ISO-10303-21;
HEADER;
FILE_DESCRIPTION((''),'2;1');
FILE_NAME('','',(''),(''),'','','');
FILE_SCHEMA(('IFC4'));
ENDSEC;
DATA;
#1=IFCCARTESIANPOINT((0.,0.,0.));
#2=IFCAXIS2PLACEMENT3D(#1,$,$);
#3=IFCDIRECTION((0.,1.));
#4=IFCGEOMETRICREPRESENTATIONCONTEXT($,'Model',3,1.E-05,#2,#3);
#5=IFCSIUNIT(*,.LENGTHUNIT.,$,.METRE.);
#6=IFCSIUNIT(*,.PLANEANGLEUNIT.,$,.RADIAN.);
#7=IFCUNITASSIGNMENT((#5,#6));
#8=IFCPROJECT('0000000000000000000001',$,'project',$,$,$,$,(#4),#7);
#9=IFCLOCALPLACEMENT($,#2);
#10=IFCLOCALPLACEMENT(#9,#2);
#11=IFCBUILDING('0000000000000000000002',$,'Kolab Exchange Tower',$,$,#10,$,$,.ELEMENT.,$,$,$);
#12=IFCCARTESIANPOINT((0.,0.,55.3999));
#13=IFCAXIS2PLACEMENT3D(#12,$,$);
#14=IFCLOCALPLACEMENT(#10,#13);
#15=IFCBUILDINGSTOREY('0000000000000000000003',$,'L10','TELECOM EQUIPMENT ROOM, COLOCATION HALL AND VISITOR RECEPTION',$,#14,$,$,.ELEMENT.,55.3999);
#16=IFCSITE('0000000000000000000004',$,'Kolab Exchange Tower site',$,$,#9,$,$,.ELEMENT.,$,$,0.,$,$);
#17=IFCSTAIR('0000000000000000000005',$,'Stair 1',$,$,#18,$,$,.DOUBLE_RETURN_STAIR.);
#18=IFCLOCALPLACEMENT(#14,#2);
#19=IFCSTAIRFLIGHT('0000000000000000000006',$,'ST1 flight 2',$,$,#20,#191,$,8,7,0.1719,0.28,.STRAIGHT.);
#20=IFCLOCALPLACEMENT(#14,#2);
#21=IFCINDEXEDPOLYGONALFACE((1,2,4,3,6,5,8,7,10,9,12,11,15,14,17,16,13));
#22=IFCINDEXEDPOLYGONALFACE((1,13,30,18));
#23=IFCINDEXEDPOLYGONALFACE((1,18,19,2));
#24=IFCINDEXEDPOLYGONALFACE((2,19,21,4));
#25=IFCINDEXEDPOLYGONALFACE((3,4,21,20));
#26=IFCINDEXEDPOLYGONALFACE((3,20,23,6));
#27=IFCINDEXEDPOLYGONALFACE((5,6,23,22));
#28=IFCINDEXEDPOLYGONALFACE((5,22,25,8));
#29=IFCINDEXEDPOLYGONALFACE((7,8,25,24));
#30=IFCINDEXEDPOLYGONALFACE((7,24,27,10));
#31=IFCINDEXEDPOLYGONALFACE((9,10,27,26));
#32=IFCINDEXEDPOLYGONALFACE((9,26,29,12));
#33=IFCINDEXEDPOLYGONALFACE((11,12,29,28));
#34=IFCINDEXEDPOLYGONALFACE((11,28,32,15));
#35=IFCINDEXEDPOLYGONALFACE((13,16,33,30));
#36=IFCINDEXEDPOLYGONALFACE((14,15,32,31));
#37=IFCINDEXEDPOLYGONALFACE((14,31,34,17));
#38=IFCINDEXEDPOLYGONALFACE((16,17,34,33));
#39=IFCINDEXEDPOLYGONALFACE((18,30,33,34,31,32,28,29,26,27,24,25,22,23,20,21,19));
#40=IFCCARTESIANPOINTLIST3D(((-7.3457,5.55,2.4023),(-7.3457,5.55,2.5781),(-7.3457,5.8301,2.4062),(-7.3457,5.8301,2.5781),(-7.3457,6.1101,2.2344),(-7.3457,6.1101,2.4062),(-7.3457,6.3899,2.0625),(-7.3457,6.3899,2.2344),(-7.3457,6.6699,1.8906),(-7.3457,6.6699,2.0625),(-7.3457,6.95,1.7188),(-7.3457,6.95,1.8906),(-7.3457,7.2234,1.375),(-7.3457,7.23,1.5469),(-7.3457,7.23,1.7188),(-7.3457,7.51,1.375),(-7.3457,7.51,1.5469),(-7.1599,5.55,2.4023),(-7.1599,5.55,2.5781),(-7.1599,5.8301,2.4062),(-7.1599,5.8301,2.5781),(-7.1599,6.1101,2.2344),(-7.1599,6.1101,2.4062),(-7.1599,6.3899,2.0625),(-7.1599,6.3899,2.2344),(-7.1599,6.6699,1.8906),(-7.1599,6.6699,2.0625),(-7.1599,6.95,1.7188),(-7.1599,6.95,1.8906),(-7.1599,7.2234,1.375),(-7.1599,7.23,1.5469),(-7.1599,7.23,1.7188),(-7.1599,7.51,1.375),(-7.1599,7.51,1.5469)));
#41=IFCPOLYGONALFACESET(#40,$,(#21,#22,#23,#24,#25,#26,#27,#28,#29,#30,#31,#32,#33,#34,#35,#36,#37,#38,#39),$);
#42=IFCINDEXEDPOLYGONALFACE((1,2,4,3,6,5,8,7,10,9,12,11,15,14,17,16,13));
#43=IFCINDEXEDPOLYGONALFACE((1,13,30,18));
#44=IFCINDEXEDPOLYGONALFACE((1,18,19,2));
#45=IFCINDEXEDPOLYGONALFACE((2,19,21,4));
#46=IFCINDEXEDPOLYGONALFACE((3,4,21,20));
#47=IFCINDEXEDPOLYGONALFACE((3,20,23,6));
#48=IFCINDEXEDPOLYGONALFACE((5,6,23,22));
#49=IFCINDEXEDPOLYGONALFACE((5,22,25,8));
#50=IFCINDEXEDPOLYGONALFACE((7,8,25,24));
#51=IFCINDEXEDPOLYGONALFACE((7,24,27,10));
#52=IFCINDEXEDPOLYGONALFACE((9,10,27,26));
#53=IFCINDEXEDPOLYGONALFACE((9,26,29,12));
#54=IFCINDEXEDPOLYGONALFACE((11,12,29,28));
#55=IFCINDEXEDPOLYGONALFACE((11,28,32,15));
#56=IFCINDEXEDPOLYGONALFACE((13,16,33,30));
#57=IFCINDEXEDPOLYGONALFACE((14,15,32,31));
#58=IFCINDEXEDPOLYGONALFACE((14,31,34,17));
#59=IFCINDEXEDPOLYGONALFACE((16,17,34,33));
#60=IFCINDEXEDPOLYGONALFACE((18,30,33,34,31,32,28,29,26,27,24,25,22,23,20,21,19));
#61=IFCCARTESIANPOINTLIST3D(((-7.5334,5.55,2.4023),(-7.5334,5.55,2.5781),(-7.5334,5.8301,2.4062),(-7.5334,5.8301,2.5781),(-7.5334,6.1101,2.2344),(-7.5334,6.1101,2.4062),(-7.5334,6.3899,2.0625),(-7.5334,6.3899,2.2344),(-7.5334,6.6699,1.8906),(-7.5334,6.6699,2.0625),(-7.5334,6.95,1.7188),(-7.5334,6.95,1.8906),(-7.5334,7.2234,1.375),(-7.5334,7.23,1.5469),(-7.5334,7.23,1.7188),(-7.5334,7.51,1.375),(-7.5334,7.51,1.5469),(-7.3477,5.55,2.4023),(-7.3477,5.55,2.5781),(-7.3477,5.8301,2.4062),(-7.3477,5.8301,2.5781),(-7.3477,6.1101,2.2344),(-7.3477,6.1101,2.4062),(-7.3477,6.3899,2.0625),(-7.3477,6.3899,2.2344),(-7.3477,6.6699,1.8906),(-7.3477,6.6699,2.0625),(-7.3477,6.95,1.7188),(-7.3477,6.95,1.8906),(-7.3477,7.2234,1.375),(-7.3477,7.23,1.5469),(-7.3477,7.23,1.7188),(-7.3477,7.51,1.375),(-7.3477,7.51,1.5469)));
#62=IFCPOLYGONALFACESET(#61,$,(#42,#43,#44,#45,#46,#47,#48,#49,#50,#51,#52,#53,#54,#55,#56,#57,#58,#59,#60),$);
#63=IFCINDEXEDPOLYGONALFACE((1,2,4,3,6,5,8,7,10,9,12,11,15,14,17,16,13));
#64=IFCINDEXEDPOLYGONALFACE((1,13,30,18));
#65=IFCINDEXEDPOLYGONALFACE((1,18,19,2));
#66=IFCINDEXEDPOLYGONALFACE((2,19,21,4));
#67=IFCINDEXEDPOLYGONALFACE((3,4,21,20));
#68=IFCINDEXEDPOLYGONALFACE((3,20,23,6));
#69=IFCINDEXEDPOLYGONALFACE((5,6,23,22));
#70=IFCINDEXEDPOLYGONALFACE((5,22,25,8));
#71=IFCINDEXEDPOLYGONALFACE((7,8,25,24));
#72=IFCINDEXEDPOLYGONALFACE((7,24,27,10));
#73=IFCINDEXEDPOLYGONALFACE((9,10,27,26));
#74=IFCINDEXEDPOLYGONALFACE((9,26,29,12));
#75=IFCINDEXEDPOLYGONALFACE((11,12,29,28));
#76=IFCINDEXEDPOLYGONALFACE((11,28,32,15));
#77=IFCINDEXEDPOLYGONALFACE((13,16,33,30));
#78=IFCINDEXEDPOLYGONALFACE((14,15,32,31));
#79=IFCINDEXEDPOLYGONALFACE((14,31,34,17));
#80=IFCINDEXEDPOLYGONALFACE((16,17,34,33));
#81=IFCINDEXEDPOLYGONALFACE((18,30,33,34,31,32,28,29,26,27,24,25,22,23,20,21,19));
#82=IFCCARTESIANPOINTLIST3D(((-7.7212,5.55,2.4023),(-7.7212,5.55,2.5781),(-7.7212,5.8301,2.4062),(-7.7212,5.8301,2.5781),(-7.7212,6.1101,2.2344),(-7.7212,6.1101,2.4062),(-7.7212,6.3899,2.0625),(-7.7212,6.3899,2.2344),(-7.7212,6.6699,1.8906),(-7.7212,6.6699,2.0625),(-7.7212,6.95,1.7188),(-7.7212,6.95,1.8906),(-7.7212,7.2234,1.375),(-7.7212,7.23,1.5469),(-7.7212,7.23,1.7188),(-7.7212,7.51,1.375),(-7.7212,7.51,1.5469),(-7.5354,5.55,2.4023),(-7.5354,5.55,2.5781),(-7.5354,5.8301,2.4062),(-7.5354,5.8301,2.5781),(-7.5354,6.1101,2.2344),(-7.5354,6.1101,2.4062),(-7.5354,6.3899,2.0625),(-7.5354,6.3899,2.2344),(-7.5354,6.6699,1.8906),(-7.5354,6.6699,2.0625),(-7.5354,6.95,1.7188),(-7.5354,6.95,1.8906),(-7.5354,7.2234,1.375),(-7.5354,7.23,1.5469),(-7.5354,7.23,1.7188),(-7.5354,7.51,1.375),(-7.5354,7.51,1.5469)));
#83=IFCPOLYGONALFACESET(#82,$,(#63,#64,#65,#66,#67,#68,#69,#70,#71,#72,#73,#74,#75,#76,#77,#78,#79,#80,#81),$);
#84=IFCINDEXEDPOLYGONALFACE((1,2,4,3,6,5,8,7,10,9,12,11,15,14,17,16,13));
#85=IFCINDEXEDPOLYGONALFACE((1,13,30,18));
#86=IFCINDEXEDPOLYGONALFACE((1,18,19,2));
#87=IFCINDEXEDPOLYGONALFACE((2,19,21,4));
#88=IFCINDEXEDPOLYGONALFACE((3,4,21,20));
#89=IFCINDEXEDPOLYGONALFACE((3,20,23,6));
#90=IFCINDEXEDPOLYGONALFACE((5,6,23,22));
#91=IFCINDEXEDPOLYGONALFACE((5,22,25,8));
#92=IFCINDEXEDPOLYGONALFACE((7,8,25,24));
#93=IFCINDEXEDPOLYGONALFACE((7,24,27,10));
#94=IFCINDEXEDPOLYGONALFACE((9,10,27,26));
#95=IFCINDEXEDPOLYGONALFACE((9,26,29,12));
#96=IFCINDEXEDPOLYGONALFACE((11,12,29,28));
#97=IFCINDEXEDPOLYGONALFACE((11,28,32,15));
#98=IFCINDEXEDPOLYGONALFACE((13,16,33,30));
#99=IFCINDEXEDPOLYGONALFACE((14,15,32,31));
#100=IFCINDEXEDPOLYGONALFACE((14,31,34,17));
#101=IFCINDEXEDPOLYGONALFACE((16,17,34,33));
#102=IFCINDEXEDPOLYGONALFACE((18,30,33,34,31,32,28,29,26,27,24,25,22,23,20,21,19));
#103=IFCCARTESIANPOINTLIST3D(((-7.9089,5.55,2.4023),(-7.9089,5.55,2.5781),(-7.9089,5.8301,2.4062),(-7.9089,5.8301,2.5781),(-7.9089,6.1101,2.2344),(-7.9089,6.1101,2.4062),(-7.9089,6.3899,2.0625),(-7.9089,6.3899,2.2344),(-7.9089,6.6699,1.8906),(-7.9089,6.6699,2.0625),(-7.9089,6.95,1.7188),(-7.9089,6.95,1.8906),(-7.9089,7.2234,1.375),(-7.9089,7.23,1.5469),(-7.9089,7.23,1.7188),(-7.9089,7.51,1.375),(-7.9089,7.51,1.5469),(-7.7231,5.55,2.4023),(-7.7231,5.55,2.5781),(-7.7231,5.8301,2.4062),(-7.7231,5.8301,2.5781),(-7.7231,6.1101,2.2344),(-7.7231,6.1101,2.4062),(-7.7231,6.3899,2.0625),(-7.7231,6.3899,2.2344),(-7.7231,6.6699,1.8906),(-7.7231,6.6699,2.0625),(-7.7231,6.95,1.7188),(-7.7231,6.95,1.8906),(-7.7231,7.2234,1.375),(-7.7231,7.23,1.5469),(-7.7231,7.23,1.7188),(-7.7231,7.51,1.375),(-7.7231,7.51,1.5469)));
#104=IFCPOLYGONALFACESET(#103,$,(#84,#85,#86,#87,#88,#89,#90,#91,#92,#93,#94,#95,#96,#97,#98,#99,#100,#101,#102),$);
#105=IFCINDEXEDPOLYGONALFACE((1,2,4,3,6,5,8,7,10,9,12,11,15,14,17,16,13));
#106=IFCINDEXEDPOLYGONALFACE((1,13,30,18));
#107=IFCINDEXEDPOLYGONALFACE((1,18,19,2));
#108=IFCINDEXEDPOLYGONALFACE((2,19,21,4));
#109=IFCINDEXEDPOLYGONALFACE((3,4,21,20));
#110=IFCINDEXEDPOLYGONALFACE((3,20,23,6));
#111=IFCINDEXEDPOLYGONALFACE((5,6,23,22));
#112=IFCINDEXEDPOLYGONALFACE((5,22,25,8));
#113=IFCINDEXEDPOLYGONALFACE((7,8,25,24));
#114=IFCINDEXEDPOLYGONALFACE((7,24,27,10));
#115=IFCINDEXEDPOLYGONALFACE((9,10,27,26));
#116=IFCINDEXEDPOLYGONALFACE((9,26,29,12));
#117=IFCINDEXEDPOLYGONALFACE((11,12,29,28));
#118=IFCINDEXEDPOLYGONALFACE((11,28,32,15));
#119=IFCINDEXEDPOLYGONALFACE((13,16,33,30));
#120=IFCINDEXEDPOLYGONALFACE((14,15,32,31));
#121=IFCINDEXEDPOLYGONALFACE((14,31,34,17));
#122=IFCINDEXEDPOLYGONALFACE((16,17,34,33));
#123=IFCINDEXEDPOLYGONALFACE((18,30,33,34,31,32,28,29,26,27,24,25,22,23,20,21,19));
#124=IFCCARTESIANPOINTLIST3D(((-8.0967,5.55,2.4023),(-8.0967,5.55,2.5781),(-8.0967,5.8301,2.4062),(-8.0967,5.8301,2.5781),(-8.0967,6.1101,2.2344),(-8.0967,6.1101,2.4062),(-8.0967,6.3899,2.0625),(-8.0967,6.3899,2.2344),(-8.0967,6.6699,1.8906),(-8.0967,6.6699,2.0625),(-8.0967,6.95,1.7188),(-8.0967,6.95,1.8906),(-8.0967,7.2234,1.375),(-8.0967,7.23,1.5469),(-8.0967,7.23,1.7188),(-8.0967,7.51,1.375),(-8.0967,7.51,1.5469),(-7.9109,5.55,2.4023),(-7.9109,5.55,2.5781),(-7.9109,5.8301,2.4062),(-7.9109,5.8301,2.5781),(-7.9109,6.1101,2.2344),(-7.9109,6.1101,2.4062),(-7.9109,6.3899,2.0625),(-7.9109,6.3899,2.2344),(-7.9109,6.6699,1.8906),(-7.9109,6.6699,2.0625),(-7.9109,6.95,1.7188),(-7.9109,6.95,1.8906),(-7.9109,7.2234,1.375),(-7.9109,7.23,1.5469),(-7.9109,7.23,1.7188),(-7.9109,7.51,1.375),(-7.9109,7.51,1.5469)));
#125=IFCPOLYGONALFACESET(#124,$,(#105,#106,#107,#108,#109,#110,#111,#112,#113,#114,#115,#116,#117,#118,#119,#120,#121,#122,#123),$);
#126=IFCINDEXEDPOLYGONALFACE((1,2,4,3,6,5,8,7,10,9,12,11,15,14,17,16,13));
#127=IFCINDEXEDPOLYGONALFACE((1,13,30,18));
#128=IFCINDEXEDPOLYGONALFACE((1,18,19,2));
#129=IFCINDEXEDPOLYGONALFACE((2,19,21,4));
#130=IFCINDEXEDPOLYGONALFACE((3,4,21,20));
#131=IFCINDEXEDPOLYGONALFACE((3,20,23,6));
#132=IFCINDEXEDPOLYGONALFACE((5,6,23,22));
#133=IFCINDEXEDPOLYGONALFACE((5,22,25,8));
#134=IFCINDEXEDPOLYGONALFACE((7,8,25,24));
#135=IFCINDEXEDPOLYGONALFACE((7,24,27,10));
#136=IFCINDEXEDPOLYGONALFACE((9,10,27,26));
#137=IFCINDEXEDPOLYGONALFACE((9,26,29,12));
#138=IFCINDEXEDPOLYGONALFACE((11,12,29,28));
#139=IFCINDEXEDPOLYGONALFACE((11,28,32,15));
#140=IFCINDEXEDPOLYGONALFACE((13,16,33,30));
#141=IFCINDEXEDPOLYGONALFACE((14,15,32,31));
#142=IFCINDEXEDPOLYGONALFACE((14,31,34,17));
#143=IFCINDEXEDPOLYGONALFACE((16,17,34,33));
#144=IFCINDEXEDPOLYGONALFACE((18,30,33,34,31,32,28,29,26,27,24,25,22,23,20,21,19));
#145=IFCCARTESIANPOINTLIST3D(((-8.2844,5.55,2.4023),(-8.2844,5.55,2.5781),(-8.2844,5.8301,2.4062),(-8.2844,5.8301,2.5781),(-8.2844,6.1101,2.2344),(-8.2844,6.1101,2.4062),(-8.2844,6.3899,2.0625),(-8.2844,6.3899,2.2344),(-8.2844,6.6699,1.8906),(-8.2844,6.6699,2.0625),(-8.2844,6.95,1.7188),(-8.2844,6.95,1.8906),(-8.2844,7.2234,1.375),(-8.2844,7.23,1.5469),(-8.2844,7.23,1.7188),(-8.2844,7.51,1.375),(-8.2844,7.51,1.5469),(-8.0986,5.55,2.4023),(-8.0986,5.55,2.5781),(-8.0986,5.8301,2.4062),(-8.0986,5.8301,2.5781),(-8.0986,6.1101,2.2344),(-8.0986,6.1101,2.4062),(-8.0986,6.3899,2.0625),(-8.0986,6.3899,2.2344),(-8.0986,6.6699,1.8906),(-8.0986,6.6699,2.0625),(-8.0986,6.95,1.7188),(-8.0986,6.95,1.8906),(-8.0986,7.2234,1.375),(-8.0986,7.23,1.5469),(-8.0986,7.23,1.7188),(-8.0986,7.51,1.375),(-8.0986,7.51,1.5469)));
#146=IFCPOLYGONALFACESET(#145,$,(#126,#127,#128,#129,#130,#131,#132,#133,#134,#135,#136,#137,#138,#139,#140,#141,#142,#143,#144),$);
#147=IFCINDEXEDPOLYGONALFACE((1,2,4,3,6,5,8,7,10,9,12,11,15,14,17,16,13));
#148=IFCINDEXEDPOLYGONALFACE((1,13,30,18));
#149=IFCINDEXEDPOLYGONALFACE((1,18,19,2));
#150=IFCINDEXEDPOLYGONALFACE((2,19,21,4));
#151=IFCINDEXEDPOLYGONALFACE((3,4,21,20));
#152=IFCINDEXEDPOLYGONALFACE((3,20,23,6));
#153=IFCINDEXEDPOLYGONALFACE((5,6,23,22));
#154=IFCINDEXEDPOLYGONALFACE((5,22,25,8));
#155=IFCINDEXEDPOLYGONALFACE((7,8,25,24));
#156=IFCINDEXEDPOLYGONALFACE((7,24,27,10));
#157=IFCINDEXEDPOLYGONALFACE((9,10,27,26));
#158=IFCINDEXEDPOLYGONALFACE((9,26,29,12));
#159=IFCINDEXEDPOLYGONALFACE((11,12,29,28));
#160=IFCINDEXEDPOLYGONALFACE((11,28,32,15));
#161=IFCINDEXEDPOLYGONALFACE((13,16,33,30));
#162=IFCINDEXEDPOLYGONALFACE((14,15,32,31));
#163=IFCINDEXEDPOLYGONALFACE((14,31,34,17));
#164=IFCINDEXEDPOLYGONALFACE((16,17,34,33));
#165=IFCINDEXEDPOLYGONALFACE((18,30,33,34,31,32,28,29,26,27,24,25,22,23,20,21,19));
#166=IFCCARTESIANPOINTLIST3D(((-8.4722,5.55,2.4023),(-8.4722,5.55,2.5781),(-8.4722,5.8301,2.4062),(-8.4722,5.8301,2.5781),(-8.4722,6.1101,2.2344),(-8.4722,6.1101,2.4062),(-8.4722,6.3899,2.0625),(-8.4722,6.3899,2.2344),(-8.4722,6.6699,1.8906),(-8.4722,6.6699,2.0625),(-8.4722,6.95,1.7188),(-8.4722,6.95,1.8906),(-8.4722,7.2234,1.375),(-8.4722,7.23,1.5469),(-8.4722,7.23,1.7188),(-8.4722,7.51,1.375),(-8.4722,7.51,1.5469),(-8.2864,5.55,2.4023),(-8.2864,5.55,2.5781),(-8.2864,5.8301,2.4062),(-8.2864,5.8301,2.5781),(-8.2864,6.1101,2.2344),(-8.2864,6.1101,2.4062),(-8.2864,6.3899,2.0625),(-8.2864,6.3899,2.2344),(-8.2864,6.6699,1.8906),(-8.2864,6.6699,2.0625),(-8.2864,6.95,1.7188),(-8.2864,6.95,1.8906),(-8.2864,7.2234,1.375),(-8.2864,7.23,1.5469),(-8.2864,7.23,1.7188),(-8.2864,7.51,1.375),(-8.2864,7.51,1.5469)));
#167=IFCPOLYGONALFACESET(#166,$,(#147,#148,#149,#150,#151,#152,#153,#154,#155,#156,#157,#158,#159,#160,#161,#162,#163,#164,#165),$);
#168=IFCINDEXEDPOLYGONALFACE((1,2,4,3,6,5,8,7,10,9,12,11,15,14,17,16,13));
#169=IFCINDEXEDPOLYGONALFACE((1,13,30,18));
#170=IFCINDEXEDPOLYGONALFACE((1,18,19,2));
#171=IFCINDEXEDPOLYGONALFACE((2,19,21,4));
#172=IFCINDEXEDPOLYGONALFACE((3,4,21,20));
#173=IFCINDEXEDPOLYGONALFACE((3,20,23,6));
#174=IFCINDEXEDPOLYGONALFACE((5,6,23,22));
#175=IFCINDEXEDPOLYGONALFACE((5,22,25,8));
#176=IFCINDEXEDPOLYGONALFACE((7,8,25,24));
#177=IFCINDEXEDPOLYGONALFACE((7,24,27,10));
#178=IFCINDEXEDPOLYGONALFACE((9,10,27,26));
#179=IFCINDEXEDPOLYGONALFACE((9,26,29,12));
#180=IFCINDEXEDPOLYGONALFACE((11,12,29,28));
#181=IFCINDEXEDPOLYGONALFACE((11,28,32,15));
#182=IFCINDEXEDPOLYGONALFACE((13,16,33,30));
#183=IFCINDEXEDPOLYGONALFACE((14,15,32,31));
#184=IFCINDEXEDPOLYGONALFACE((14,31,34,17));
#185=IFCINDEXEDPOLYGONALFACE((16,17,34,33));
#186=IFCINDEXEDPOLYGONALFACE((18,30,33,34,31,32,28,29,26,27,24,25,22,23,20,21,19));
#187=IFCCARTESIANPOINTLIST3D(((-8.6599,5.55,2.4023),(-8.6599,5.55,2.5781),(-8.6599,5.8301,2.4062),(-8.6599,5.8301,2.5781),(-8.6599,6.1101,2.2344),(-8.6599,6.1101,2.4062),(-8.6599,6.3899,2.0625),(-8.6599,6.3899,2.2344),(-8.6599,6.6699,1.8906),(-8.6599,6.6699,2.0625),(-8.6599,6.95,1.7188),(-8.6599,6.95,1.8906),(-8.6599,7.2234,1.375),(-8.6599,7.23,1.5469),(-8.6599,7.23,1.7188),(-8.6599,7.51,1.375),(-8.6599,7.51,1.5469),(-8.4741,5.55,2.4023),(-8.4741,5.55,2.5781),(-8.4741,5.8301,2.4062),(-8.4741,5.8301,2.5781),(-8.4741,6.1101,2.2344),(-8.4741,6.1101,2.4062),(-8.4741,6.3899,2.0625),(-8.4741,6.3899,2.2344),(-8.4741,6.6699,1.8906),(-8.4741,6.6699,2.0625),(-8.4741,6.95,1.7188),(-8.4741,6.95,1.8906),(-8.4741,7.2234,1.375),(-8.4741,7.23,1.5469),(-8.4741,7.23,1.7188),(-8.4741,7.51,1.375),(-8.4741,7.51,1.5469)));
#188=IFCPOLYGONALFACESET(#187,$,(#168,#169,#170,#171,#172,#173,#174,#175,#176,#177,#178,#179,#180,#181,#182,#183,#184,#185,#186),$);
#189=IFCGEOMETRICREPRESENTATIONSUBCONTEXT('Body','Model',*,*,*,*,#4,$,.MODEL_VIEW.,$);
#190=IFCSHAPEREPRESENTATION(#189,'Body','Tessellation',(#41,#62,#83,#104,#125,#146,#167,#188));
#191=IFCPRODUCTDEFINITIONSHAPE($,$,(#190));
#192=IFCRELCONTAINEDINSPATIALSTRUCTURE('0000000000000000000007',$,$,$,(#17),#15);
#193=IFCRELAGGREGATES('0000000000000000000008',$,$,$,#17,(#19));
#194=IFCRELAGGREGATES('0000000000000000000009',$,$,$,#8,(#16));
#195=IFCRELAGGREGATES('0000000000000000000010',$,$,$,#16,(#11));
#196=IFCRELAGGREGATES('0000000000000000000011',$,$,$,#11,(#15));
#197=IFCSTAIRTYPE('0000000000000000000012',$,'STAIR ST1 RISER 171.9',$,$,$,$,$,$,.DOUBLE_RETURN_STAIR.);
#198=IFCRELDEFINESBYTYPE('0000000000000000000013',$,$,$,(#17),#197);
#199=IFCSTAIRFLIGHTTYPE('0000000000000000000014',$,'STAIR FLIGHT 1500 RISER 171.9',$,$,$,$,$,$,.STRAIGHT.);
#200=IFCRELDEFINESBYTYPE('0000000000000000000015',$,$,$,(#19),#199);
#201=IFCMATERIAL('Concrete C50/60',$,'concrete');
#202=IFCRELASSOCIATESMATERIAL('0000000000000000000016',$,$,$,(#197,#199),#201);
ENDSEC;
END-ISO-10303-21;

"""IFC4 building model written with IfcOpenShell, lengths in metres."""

from ifc_helpers import new_model, si_unit, direction, frame, origin, place, context, subcontext, project, spatial, polyline, outline, extrude, material, type_object, element, aggregate, save


model = new_model("IFC4")

# Units and contexts
model_context = context("Model", 3, precision=1e-05, world=origin(), true_north=direction((0.0, 1.0)))
body_context = subcontext(model_context, "Body", "Model", "MODEL_VIEW")
ifc_project = project(units=[si_unit("LENGTHUNIT", "METRE"), si_unit("PLANEANGLEUNIT", "RADIAN")], contexts=[model_context])

# Site, building, storey
site_placement = place(None, origin())
site = spatial("IfcSite", under=ifc_project, at=site_placement, Name="Kolab Exchange Tower site", CompositionType="ELEMENT", RefElevation=0.0)
building_placement = place(site_placement, origin())
building = spatial("IfcBuilding", under=site, at=building_placement, Name="Kolab Exchange Tower", CompositionType="ELEMENT")
storey_placement = place(building_placement, frame((0.0, 0.0, 55.3999)))
storey = spatial("IfcBuildingStorey", under=building, at=storey_placement, Name="L10", Description="TELECOM EQUIPMENT ROOM, COLOCATION HALL AND VISITOR RECEPTION", CompositionType="ELEMENT", Elevation=55.3999)

# Shared definitions
ifc_material_1 = material(Name="Concrete C50/60", Category="concrete")

# Stair, stair flight
stair_type = type_object("IfcStairType", Name="STAIR ST1 RISER 171.9", PredefinedType="DOUBLE_RETURN_STAIR", material=ifc_material_1)
stair_placement = place(storey_placement, origin())
stair = element("IfcStair", 1, at=stair_placement, inside=storey, type_object=stair_type, Name="Stair 1", PredefinedType="DOUBLE_RETURN_STAIR")
stair_flight_type = type_object("IfcStairFlightType", Name="STAIR FLIGHT 1500 RISER 171.9", PredefinedType="STRAIGHT", material=ifc_material_1)
stair_flight_1_placement = place(storey_placement, frame((-7.9099, 7.51, 1.375), z_axis=(0.0, 0.0, 1.0), x_axis=(0.0, -1.0, 0.0)))
stair_flight_1 = element("IfcStairFlight", 2, at=stair_flight_1_placement, type_object=stair_flight_type, Name="ST1 flight 2", NumberOfRisers=8, NumberOfTreads=7, PredefinedType="STRAIGHT", RiserHeight=0.1719, TreadLength=0.28, context=body_context, shape_type="SweptSolid", body=[
    extrude(outline(polyline([(0.0, 0.0), (0.0, 0.1719), (0.28, 0.1719), (0.28, 0.3438), (0.5601, 0.3438), (0.5601, 0.5156), (0.8401, 0.5156), (0.8401, 0.6875), (1.1201, 0.6875), (1.1201, 0.8594), (1.3999, 0.8594), (1.3999, 1.0312), (1.6799, 1.0312), (1.6799, 1.2031), (1.96, 1.2031), (1.96, 1.375), (1.96, 1.0273), (0.2866, 0.0), (0.0, 0.0)])), frame((0.0, 0.75, 0.0), z_axis=(0.0, -1.0, 0.0), x_axis=(1.0, 0.0, 0.0)), (0.0, 0.0, 1.0), 0.1858),
    extrude(outline(polyline([(0.0, 0.0), (0.0, 0.1719), (0.28, 0.1719), (0.28, 0.3438), (0.5601, 0.3438), (0.5601, 0.5156), (0.8401, 0.5156), (0.8401, 0.6875), (1.1201, 0.6875), (1.1201, 0.8594), (1.3999, 0.8594), (1.3999, 1.0312), (1.6799, 1.0312), (1.6799, 1.2031), (1.96, 1.2031), (1.96, 1.375), (1.96, 1.0273), (0.2866, 0.0), (0.0, 0.0)])), frame((0.0, 0.5623, 0.0), z_axis=(0.0, -1.0, 0.0), x_axis=(1.0, 0.0, 0.0)), (0.0, 0.0, 1.0), 0.1858),
    extrude(outline(polyline([(0.0, 0.0), (0.0, 0.1719), (0.28, 0.1719), (0.28, 0.3438), (0.5601, 0.3438), (0.5601, 0.5156), (0.8401, 0.5156), (0.8401, 0.6875), (1.1201, 0.6875), (1.1201, 0.8594), (1.3999, 0.8594), (1.3999, 1.0312), (1.6799, 1.0312), (1.6799, 1.2031), (1.96, 1.2031), (1.96, 1.375), (1.96, 1.0273), (0.2866, 0.0), (0.0, 0.0)])), frame((0.0, 0.3745, 0.0), z_axis=(0.0, -1.0, 0.0), x_axis=(1.0, 0.0, 0.0)), (0.0, 0.0, 1.0), 0.1858),
    extrude(outline(polyline([(0.0, 0.0), (0.0, 0.1719), (0.28, 0.1719), (0.28, 0.3438), (0.5601, 0.3438), (0.5601, 0.5156), (0.8401, 0.5156), (0.8401, 0.6875), (1.1201, 0.6875), (1.1201, 0.8594), (1.3999, 0.8594), (1.3999, 1.0312), (1.6799, 1.0312), (1.6799, 1.2031), (1.96, 1.2031), (1.96, 1.375), (1.96, 1.0273), (0.2866, 0.0), (0.0, 0.0)])), frame((0.0, 0.1868, 0.0), z_axis=(0.0, -1.0, 0.0), x_axis=(1.0, 0.0, 0.0)), (0.0, 0.0, 1.0), 0.1858),
    extrude(outline(polyline([(0.0, 0.0), (0.0, 0.1719), (0.28, 0.1719), (0.28, 0.3438), (0.5601, 0.3438), (0.5601, 0.5156), (0.8401, 0.5156), (0.8401, 0.6875), (1.1201, 0.6875), (1.1201, 0.8594), (1.3999, 0.8594), (1.3999, 1.0312), (1.6799, 1.0312), (1.6799, 1.2031), (1.96, 1.2031), (1.96, 1.375), (1.96, 1.0273), (0.2866, 0.0), (0.0, 0.0)])), frame((0.0, -0.001, 0.0), z_axis=(0.0, -1.0, 0.0), x_axis=(1.0, 0.0, 0.0)), (0.0, 0.0, 1.0), 0.1858),
    extrude(outline(polyline([(0.0, 0.0), (0.0, 0.1719), (0.28, 0.1719), (0.28, 0.3438), (0.5601, 0.3438), (0.5601, 0.5156), (0.8401, 0.5156), (0.8401, 0.6875), (1.1201, 0.6875), (1.1201, 0.8594), (1.3999, 0.8594), (1.3999, 1.0312), (1.6799, 1.0312), (1.6799, 1.2031), (1.96, 1.2031), (1.96, 1.375), (1.96, 1.0273), (0.2866, 0.0), (0.0, 0.0)])), frame((0.0, -0.1887, 0.0), z_axis=(0.0, -1.0, 0.0), x_axis=(1.0, 0.0, 0.0)), (0.0, 0.0, 1.0), 0.1858),
    extrude(outline(polyline([(0.0, 0.0), (0.0, 0.1719), (0.28, 0.1719), (0.28, 0.3438), (0.5601, 0.3438), (0.5601, 0.5156), (0.8401, 0.5156), (0.8401, 0.6875), (1.1201, 0.6875), (1.1201, 0.8594), (1.3999, 0.8594), (1.3999, 1.0312), (1.6799, 1.0312), (1.6799, 1.2031), (1.96, 1.2031), (1.96, 1.375), (1.96, 1.0273), (0.2866, 0.0), (0.0, 0.0)])), frame((0.0, -0.3765, 0.0), z_axis=(0.0, -1.0, 0.0), x_axis=(1.0, 0.0, 0.0)), (0.0, 0.0, 1.0), 0.1858),
    extrude(outline(polyline([(0.0, 0.0), (0.0, 0.1719), (0.28, 0.1719), (0.28, 0.3438), (0.5601, 0.3438), (0.5601, 0.5156), (0.8401, 0.5156), (0.8401, 0.6875), (1.1201, 0.6875), (1.1201, 0.8594), (1.3999, 0.8594), (1.3999, 1.0312), (1.6799, 1.0312), (1.6799, 1.2031), (1.96, 1.2031), (1.96, 1.375), (1.96, 1.0273), (0.2866, 0.0), (0.0, 0.0)])), frame((0.0, -0.5642, 0.0), z_axis=(0.0, -1.0, 0.0), x_axis=(1.0, 0.0, 0.0)), (0.0, 0.0, 1.0), 0.1858),
])
aggregate(stair, [stair_flight_1])

save(model, "model.ifc")
